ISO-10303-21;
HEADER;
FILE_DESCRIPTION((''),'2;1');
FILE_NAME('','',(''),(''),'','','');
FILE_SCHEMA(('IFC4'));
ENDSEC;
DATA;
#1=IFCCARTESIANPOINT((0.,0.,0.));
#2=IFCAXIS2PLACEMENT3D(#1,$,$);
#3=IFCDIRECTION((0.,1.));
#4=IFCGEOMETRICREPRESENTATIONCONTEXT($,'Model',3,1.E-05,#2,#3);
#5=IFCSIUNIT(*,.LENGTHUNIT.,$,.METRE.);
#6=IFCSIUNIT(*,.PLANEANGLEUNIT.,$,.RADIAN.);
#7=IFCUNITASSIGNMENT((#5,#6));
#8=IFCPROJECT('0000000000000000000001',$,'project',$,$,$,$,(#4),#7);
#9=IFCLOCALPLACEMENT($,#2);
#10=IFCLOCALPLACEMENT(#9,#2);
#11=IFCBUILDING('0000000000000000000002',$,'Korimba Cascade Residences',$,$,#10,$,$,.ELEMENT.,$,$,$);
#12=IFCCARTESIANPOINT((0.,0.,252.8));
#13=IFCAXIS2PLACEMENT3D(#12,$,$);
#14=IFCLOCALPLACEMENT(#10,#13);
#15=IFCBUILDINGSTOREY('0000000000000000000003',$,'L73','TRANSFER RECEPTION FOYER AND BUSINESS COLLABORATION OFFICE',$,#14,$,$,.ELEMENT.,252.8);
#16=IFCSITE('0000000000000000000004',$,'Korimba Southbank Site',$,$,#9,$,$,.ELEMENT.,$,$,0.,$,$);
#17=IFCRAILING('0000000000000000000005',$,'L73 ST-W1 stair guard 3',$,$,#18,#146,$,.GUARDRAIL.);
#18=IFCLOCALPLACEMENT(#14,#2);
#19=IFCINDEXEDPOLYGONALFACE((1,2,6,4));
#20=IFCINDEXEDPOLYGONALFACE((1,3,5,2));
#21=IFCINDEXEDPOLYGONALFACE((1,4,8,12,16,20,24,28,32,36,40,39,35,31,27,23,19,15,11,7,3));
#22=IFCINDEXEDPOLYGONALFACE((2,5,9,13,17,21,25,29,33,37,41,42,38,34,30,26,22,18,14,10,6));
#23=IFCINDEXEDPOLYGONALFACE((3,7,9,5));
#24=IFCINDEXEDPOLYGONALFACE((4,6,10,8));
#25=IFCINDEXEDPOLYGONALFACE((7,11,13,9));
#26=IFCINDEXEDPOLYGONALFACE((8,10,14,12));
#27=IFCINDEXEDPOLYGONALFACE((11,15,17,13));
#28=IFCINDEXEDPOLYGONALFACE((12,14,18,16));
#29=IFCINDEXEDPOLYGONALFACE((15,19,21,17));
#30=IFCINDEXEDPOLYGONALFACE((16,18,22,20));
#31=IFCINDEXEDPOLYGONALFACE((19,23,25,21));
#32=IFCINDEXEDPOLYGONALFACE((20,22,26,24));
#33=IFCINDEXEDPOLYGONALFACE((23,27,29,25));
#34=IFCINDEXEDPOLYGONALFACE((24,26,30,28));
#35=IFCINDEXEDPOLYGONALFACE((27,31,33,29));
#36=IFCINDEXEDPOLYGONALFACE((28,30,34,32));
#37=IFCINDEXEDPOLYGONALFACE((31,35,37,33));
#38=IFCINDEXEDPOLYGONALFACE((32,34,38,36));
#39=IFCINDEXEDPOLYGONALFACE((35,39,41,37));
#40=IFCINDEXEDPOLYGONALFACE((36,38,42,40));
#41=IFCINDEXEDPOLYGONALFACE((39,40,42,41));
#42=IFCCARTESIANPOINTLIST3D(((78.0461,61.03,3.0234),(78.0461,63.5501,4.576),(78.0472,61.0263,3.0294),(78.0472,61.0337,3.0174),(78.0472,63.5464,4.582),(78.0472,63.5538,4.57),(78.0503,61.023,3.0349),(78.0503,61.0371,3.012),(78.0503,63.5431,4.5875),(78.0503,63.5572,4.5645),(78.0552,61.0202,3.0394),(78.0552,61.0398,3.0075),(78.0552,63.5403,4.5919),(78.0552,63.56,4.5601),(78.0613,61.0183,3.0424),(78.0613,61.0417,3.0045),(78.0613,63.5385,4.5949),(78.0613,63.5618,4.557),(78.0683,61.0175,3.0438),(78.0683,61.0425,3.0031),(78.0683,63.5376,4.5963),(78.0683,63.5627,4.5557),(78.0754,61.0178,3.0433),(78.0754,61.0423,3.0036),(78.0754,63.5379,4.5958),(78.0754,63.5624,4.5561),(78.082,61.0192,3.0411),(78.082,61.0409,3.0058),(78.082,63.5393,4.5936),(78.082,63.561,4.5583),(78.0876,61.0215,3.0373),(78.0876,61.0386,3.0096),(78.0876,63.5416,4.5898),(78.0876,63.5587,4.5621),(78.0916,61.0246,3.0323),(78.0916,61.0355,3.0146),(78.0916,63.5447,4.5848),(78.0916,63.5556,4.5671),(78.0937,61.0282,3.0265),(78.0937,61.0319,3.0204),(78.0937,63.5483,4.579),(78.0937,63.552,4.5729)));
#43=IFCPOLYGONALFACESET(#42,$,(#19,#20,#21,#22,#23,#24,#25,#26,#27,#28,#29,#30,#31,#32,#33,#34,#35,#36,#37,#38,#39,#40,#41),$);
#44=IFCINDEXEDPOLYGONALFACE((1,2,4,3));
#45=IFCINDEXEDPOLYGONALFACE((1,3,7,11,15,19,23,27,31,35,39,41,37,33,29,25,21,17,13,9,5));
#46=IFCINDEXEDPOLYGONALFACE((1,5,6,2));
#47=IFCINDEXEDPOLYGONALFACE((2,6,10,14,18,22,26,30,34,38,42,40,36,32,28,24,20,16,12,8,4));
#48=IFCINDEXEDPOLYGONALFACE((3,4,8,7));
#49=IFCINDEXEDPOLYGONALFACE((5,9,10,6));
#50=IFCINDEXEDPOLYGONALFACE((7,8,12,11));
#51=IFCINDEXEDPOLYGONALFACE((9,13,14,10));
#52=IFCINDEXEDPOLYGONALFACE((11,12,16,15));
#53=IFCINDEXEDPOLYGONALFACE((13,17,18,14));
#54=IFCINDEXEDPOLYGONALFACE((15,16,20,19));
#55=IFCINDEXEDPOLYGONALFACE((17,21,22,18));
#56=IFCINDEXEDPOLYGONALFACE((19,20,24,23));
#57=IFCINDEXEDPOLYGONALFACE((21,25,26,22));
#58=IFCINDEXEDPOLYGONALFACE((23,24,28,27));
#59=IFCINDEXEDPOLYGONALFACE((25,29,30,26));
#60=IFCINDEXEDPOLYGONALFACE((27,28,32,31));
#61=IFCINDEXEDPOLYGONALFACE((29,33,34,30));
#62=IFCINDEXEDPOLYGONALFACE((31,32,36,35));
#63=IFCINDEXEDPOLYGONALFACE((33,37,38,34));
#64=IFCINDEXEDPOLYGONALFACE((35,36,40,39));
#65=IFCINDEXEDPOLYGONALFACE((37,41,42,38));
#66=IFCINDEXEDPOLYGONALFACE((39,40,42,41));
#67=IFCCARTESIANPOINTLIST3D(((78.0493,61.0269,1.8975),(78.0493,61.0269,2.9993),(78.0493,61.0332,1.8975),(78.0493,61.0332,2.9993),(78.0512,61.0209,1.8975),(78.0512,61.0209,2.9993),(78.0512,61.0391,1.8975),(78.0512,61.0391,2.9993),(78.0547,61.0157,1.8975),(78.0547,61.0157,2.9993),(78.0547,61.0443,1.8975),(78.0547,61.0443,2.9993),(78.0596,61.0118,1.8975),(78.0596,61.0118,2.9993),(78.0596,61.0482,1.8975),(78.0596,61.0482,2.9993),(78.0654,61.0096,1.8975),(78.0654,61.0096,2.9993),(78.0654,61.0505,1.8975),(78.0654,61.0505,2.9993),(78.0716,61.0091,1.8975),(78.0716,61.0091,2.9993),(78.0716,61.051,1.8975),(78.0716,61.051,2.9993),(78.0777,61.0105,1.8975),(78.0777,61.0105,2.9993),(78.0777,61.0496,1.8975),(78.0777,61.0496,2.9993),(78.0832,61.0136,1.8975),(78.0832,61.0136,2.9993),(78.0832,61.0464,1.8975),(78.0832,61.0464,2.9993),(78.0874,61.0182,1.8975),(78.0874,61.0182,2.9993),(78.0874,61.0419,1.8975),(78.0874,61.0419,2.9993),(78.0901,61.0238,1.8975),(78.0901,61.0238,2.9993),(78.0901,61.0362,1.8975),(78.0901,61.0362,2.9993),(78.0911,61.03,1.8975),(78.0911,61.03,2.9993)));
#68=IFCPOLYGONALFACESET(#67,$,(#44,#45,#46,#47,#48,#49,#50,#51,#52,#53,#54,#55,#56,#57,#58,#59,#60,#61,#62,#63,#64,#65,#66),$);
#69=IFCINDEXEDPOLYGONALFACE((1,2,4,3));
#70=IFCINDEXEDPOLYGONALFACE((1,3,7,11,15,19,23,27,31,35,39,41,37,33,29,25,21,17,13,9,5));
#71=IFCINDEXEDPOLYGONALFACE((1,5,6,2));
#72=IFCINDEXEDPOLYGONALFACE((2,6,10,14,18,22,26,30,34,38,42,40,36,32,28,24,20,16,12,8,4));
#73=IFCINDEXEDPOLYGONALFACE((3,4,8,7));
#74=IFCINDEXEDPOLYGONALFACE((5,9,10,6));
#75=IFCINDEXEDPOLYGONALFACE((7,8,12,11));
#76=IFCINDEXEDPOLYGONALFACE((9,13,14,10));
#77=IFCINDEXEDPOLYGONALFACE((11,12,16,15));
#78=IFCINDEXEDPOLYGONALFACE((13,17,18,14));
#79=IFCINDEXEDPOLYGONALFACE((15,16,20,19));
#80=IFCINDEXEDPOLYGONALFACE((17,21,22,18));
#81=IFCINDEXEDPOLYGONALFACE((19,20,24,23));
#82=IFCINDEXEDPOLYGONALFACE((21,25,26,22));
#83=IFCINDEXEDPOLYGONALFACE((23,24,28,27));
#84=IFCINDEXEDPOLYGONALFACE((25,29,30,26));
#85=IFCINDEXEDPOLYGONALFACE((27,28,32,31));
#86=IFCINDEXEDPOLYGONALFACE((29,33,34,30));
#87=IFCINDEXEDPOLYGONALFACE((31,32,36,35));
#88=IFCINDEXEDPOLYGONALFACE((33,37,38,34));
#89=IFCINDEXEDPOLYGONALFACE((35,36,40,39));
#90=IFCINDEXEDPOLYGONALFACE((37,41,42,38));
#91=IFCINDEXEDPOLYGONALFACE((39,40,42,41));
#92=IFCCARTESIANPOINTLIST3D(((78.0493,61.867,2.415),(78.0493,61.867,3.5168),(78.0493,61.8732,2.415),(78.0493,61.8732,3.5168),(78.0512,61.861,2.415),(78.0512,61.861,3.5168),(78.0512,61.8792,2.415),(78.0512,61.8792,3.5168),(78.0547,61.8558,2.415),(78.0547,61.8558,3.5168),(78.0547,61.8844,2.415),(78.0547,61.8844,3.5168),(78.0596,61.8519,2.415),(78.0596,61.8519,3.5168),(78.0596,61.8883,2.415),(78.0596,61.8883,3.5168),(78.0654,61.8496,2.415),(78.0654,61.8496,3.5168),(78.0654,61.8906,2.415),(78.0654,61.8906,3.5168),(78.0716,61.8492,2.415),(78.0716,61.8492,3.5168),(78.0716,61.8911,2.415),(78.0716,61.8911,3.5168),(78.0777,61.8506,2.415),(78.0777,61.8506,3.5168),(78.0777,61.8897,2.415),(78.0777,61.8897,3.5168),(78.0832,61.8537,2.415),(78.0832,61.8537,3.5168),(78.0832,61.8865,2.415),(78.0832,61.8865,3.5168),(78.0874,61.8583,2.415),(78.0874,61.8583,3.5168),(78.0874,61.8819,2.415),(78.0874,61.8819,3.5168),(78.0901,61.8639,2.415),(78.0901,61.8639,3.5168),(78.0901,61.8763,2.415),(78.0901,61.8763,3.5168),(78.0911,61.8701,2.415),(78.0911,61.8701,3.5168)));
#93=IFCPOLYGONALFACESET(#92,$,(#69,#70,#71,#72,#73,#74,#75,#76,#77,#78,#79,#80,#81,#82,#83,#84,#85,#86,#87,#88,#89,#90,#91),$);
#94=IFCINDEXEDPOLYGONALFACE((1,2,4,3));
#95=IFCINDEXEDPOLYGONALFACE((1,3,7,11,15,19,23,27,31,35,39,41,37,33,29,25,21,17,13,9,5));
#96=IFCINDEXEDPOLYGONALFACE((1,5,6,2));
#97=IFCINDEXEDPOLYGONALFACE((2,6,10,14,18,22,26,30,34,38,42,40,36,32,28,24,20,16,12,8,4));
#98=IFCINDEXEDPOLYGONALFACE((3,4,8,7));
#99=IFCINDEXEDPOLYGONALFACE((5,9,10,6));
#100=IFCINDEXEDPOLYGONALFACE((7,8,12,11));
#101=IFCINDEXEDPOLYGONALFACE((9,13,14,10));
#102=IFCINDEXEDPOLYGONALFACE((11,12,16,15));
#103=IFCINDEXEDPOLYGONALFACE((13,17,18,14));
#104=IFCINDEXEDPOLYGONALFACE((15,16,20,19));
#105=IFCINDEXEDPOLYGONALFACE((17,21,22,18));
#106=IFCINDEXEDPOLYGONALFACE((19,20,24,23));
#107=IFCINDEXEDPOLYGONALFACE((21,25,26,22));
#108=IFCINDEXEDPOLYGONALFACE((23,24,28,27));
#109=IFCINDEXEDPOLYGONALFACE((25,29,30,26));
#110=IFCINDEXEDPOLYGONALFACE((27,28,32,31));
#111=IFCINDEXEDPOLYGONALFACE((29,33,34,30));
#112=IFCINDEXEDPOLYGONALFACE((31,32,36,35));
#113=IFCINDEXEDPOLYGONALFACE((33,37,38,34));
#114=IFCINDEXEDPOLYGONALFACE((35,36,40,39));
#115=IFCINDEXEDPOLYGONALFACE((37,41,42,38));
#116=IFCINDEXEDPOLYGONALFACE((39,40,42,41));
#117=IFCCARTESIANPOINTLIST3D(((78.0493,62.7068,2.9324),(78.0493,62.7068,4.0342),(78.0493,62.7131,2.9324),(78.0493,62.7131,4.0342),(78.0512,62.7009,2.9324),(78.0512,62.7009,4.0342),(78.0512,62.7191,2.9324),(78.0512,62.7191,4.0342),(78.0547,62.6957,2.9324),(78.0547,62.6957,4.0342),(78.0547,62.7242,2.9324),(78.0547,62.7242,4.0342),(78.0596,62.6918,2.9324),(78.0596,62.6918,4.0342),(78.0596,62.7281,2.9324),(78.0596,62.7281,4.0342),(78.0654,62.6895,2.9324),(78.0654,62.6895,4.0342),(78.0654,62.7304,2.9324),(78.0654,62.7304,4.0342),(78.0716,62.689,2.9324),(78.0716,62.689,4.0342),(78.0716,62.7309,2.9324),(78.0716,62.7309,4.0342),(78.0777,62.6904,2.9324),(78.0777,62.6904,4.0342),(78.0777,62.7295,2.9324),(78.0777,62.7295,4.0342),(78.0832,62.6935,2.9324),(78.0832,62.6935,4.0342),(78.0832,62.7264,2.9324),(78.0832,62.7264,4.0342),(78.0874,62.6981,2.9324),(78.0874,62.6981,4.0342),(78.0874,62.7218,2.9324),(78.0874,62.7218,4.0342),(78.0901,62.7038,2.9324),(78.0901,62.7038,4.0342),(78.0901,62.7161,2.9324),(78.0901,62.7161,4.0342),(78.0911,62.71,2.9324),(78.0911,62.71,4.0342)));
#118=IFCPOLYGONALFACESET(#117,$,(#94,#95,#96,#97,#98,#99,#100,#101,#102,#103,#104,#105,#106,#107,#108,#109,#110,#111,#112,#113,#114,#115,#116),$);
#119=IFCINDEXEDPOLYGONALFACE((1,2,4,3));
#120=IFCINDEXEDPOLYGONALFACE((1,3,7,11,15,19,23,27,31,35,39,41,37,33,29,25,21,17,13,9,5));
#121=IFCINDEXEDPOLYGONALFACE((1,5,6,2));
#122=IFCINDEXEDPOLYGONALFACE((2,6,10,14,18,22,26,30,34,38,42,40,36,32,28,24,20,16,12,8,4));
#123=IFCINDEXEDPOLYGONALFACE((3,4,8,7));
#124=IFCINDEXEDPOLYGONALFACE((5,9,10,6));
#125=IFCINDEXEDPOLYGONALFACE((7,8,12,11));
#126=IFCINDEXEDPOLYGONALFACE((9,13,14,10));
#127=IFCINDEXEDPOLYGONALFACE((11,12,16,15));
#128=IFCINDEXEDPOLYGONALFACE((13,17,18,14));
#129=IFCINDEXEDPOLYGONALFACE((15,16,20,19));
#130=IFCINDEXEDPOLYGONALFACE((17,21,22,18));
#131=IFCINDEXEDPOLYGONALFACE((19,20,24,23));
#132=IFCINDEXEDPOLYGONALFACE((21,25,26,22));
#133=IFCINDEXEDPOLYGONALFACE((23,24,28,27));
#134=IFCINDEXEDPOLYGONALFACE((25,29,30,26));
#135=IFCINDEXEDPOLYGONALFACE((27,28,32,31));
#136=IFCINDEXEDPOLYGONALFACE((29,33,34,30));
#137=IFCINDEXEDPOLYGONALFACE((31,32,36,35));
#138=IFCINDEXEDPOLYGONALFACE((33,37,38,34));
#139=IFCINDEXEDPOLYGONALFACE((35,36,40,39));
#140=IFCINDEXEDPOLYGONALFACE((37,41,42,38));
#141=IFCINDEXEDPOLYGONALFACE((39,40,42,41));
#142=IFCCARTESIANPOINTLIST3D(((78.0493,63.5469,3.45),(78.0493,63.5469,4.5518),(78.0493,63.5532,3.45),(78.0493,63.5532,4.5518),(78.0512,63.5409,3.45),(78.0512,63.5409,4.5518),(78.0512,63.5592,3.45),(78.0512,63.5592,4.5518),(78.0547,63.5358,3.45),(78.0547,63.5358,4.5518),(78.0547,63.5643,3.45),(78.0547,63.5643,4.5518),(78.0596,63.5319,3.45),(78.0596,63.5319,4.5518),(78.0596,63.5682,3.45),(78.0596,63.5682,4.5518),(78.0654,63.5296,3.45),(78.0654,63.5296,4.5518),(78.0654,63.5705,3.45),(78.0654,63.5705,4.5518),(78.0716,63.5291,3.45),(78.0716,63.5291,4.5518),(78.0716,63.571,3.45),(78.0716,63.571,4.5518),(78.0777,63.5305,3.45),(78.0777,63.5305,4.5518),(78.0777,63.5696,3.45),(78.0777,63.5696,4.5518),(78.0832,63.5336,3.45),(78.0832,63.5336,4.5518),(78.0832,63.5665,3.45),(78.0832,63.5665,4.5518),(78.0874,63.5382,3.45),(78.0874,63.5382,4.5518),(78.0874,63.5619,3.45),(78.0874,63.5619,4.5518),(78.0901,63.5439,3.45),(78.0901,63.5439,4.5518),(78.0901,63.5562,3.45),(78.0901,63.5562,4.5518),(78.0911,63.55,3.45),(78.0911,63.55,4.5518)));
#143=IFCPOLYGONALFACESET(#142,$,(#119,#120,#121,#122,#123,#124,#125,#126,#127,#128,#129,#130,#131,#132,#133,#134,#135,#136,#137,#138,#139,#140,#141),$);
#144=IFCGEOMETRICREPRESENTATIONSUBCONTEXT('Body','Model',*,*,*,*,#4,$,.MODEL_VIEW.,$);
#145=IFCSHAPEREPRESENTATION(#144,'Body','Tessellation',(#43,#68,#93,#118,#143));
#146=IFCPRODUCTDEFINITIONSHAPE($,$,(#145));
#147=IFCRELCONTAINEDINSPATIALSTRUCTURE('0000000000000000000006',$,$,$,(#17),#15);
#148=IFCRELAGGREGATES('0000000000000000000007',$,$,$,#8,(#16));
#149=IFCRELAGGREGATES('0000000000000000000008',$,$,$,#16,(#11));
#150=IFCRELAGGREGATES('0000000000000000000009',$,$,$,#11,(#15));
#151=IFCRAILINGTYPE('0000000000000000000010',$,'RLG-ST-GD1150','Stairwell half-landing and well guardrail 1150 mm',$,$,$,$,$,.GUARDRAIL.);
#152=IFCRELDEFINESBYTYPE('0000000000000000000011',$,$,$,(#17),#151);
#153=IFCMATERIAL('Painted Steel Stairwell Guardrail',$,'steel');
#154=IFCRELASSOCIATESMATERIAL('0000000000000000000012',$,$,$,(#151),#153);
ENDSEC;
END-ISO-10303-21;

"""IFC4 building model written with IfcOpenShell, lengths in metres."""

from ifc_helpers import new_model, si_unit, direction, frame, origin, origin_2d, place, context, subcontext, project, spatial, circle, extrude, material, type_object, element, save


model = new_model("IFC4")

# Units and contexts
model_context = context("Model", 3, precision=1e-05, world=origin(), true_north=direction((0.0, 1.0)))
body_context = subcontext(model_context, "Body", "Model", "MODEL_VIEW")
ifc_project = project(units=[si_unit("LENGTHUNIT", "METRE"), si_unit("PLANEANGLEUNIT", "RADIAN")], contexts=[model_context])

# Site, building, storey
site_placement = place(None, origin())
site = spatial("IfcSite", under=ifc_project, at=site_placement, Name="Korimba Southbank Site", CompositionType="ELEMENT", RefElevation=0.0)
building_placement = place(site_placement, origin())
building = spatial("IfcBuilding", under=site, at=building_placement, Name="Korimba Cascade Residences", CompositionType="ELEMENT")
storey_placement = place(building_placement, frame((0.0, 0.0, 252.8)))
storey = spatial("IfcBuildingStorey", under=building, at=storey_placement, Name="L73", Description="TRANSFER RECEPTION FOYER AND BUSINESS COLLABORATION OFFICE", CompositionType="ELEMENT", Elevation=252.8)

# Railing
ifc_material_1 = material(Name="Painted Steel Stairwell Guardrail", Category="steel")
railing_type_1 = type_object("IfcRailingType", Name="RLG-ST-GD1150", Description="Stairwell half-landing and well guardrail 1150 mm", PredefinedType="GUARDRAIL", material=ifc_material_1)
railing_1_placement = place(storey_placement, frame((78.0701, 61.03, 1.8975)))
element("IfcRailing", 1, at=railing_1_placement, inside=storey, type_object=railing_type_1, Name="L73 ST-W1 stair guard 3", PredefinedType="GUARDRAIL", context=body_context, shape_type="SweptSolid", body=[
    extrude(circle(Radius=0.0239, at=origin_2d()), frame((0.0, 0.0, 1.126), z_axis=(0.0, 0.8514, 0.524516), x_axis=(-1.0, 0.0, 0.0)), (0.0, 0.0, 1.0), 2.96),
    extrude(circle(Radius=0.021, at=origin_2d()), origin(), (0.0, 0.0, 1.0), 1.1018),
    extrude(circle(Radius=0.021, at=origin_2d()), frame((0.0, 0.8401, 0.5176)), (0.0, 0.0, 1.0), 1.1018),
    extrude(circle(Radius=0.021, at=origin_2d()), frame((0.0, 1.6799, 1.0349)), (0.0, 0.0, 1.0), 1.1018),
    extrude(circle(Radius=0.021, at=origin_2d()), frame((0.0, 2.52, 1.5525)), (0.0, 0.0, 1.0), 1.1018),
])

save(model, "model.ifc")
